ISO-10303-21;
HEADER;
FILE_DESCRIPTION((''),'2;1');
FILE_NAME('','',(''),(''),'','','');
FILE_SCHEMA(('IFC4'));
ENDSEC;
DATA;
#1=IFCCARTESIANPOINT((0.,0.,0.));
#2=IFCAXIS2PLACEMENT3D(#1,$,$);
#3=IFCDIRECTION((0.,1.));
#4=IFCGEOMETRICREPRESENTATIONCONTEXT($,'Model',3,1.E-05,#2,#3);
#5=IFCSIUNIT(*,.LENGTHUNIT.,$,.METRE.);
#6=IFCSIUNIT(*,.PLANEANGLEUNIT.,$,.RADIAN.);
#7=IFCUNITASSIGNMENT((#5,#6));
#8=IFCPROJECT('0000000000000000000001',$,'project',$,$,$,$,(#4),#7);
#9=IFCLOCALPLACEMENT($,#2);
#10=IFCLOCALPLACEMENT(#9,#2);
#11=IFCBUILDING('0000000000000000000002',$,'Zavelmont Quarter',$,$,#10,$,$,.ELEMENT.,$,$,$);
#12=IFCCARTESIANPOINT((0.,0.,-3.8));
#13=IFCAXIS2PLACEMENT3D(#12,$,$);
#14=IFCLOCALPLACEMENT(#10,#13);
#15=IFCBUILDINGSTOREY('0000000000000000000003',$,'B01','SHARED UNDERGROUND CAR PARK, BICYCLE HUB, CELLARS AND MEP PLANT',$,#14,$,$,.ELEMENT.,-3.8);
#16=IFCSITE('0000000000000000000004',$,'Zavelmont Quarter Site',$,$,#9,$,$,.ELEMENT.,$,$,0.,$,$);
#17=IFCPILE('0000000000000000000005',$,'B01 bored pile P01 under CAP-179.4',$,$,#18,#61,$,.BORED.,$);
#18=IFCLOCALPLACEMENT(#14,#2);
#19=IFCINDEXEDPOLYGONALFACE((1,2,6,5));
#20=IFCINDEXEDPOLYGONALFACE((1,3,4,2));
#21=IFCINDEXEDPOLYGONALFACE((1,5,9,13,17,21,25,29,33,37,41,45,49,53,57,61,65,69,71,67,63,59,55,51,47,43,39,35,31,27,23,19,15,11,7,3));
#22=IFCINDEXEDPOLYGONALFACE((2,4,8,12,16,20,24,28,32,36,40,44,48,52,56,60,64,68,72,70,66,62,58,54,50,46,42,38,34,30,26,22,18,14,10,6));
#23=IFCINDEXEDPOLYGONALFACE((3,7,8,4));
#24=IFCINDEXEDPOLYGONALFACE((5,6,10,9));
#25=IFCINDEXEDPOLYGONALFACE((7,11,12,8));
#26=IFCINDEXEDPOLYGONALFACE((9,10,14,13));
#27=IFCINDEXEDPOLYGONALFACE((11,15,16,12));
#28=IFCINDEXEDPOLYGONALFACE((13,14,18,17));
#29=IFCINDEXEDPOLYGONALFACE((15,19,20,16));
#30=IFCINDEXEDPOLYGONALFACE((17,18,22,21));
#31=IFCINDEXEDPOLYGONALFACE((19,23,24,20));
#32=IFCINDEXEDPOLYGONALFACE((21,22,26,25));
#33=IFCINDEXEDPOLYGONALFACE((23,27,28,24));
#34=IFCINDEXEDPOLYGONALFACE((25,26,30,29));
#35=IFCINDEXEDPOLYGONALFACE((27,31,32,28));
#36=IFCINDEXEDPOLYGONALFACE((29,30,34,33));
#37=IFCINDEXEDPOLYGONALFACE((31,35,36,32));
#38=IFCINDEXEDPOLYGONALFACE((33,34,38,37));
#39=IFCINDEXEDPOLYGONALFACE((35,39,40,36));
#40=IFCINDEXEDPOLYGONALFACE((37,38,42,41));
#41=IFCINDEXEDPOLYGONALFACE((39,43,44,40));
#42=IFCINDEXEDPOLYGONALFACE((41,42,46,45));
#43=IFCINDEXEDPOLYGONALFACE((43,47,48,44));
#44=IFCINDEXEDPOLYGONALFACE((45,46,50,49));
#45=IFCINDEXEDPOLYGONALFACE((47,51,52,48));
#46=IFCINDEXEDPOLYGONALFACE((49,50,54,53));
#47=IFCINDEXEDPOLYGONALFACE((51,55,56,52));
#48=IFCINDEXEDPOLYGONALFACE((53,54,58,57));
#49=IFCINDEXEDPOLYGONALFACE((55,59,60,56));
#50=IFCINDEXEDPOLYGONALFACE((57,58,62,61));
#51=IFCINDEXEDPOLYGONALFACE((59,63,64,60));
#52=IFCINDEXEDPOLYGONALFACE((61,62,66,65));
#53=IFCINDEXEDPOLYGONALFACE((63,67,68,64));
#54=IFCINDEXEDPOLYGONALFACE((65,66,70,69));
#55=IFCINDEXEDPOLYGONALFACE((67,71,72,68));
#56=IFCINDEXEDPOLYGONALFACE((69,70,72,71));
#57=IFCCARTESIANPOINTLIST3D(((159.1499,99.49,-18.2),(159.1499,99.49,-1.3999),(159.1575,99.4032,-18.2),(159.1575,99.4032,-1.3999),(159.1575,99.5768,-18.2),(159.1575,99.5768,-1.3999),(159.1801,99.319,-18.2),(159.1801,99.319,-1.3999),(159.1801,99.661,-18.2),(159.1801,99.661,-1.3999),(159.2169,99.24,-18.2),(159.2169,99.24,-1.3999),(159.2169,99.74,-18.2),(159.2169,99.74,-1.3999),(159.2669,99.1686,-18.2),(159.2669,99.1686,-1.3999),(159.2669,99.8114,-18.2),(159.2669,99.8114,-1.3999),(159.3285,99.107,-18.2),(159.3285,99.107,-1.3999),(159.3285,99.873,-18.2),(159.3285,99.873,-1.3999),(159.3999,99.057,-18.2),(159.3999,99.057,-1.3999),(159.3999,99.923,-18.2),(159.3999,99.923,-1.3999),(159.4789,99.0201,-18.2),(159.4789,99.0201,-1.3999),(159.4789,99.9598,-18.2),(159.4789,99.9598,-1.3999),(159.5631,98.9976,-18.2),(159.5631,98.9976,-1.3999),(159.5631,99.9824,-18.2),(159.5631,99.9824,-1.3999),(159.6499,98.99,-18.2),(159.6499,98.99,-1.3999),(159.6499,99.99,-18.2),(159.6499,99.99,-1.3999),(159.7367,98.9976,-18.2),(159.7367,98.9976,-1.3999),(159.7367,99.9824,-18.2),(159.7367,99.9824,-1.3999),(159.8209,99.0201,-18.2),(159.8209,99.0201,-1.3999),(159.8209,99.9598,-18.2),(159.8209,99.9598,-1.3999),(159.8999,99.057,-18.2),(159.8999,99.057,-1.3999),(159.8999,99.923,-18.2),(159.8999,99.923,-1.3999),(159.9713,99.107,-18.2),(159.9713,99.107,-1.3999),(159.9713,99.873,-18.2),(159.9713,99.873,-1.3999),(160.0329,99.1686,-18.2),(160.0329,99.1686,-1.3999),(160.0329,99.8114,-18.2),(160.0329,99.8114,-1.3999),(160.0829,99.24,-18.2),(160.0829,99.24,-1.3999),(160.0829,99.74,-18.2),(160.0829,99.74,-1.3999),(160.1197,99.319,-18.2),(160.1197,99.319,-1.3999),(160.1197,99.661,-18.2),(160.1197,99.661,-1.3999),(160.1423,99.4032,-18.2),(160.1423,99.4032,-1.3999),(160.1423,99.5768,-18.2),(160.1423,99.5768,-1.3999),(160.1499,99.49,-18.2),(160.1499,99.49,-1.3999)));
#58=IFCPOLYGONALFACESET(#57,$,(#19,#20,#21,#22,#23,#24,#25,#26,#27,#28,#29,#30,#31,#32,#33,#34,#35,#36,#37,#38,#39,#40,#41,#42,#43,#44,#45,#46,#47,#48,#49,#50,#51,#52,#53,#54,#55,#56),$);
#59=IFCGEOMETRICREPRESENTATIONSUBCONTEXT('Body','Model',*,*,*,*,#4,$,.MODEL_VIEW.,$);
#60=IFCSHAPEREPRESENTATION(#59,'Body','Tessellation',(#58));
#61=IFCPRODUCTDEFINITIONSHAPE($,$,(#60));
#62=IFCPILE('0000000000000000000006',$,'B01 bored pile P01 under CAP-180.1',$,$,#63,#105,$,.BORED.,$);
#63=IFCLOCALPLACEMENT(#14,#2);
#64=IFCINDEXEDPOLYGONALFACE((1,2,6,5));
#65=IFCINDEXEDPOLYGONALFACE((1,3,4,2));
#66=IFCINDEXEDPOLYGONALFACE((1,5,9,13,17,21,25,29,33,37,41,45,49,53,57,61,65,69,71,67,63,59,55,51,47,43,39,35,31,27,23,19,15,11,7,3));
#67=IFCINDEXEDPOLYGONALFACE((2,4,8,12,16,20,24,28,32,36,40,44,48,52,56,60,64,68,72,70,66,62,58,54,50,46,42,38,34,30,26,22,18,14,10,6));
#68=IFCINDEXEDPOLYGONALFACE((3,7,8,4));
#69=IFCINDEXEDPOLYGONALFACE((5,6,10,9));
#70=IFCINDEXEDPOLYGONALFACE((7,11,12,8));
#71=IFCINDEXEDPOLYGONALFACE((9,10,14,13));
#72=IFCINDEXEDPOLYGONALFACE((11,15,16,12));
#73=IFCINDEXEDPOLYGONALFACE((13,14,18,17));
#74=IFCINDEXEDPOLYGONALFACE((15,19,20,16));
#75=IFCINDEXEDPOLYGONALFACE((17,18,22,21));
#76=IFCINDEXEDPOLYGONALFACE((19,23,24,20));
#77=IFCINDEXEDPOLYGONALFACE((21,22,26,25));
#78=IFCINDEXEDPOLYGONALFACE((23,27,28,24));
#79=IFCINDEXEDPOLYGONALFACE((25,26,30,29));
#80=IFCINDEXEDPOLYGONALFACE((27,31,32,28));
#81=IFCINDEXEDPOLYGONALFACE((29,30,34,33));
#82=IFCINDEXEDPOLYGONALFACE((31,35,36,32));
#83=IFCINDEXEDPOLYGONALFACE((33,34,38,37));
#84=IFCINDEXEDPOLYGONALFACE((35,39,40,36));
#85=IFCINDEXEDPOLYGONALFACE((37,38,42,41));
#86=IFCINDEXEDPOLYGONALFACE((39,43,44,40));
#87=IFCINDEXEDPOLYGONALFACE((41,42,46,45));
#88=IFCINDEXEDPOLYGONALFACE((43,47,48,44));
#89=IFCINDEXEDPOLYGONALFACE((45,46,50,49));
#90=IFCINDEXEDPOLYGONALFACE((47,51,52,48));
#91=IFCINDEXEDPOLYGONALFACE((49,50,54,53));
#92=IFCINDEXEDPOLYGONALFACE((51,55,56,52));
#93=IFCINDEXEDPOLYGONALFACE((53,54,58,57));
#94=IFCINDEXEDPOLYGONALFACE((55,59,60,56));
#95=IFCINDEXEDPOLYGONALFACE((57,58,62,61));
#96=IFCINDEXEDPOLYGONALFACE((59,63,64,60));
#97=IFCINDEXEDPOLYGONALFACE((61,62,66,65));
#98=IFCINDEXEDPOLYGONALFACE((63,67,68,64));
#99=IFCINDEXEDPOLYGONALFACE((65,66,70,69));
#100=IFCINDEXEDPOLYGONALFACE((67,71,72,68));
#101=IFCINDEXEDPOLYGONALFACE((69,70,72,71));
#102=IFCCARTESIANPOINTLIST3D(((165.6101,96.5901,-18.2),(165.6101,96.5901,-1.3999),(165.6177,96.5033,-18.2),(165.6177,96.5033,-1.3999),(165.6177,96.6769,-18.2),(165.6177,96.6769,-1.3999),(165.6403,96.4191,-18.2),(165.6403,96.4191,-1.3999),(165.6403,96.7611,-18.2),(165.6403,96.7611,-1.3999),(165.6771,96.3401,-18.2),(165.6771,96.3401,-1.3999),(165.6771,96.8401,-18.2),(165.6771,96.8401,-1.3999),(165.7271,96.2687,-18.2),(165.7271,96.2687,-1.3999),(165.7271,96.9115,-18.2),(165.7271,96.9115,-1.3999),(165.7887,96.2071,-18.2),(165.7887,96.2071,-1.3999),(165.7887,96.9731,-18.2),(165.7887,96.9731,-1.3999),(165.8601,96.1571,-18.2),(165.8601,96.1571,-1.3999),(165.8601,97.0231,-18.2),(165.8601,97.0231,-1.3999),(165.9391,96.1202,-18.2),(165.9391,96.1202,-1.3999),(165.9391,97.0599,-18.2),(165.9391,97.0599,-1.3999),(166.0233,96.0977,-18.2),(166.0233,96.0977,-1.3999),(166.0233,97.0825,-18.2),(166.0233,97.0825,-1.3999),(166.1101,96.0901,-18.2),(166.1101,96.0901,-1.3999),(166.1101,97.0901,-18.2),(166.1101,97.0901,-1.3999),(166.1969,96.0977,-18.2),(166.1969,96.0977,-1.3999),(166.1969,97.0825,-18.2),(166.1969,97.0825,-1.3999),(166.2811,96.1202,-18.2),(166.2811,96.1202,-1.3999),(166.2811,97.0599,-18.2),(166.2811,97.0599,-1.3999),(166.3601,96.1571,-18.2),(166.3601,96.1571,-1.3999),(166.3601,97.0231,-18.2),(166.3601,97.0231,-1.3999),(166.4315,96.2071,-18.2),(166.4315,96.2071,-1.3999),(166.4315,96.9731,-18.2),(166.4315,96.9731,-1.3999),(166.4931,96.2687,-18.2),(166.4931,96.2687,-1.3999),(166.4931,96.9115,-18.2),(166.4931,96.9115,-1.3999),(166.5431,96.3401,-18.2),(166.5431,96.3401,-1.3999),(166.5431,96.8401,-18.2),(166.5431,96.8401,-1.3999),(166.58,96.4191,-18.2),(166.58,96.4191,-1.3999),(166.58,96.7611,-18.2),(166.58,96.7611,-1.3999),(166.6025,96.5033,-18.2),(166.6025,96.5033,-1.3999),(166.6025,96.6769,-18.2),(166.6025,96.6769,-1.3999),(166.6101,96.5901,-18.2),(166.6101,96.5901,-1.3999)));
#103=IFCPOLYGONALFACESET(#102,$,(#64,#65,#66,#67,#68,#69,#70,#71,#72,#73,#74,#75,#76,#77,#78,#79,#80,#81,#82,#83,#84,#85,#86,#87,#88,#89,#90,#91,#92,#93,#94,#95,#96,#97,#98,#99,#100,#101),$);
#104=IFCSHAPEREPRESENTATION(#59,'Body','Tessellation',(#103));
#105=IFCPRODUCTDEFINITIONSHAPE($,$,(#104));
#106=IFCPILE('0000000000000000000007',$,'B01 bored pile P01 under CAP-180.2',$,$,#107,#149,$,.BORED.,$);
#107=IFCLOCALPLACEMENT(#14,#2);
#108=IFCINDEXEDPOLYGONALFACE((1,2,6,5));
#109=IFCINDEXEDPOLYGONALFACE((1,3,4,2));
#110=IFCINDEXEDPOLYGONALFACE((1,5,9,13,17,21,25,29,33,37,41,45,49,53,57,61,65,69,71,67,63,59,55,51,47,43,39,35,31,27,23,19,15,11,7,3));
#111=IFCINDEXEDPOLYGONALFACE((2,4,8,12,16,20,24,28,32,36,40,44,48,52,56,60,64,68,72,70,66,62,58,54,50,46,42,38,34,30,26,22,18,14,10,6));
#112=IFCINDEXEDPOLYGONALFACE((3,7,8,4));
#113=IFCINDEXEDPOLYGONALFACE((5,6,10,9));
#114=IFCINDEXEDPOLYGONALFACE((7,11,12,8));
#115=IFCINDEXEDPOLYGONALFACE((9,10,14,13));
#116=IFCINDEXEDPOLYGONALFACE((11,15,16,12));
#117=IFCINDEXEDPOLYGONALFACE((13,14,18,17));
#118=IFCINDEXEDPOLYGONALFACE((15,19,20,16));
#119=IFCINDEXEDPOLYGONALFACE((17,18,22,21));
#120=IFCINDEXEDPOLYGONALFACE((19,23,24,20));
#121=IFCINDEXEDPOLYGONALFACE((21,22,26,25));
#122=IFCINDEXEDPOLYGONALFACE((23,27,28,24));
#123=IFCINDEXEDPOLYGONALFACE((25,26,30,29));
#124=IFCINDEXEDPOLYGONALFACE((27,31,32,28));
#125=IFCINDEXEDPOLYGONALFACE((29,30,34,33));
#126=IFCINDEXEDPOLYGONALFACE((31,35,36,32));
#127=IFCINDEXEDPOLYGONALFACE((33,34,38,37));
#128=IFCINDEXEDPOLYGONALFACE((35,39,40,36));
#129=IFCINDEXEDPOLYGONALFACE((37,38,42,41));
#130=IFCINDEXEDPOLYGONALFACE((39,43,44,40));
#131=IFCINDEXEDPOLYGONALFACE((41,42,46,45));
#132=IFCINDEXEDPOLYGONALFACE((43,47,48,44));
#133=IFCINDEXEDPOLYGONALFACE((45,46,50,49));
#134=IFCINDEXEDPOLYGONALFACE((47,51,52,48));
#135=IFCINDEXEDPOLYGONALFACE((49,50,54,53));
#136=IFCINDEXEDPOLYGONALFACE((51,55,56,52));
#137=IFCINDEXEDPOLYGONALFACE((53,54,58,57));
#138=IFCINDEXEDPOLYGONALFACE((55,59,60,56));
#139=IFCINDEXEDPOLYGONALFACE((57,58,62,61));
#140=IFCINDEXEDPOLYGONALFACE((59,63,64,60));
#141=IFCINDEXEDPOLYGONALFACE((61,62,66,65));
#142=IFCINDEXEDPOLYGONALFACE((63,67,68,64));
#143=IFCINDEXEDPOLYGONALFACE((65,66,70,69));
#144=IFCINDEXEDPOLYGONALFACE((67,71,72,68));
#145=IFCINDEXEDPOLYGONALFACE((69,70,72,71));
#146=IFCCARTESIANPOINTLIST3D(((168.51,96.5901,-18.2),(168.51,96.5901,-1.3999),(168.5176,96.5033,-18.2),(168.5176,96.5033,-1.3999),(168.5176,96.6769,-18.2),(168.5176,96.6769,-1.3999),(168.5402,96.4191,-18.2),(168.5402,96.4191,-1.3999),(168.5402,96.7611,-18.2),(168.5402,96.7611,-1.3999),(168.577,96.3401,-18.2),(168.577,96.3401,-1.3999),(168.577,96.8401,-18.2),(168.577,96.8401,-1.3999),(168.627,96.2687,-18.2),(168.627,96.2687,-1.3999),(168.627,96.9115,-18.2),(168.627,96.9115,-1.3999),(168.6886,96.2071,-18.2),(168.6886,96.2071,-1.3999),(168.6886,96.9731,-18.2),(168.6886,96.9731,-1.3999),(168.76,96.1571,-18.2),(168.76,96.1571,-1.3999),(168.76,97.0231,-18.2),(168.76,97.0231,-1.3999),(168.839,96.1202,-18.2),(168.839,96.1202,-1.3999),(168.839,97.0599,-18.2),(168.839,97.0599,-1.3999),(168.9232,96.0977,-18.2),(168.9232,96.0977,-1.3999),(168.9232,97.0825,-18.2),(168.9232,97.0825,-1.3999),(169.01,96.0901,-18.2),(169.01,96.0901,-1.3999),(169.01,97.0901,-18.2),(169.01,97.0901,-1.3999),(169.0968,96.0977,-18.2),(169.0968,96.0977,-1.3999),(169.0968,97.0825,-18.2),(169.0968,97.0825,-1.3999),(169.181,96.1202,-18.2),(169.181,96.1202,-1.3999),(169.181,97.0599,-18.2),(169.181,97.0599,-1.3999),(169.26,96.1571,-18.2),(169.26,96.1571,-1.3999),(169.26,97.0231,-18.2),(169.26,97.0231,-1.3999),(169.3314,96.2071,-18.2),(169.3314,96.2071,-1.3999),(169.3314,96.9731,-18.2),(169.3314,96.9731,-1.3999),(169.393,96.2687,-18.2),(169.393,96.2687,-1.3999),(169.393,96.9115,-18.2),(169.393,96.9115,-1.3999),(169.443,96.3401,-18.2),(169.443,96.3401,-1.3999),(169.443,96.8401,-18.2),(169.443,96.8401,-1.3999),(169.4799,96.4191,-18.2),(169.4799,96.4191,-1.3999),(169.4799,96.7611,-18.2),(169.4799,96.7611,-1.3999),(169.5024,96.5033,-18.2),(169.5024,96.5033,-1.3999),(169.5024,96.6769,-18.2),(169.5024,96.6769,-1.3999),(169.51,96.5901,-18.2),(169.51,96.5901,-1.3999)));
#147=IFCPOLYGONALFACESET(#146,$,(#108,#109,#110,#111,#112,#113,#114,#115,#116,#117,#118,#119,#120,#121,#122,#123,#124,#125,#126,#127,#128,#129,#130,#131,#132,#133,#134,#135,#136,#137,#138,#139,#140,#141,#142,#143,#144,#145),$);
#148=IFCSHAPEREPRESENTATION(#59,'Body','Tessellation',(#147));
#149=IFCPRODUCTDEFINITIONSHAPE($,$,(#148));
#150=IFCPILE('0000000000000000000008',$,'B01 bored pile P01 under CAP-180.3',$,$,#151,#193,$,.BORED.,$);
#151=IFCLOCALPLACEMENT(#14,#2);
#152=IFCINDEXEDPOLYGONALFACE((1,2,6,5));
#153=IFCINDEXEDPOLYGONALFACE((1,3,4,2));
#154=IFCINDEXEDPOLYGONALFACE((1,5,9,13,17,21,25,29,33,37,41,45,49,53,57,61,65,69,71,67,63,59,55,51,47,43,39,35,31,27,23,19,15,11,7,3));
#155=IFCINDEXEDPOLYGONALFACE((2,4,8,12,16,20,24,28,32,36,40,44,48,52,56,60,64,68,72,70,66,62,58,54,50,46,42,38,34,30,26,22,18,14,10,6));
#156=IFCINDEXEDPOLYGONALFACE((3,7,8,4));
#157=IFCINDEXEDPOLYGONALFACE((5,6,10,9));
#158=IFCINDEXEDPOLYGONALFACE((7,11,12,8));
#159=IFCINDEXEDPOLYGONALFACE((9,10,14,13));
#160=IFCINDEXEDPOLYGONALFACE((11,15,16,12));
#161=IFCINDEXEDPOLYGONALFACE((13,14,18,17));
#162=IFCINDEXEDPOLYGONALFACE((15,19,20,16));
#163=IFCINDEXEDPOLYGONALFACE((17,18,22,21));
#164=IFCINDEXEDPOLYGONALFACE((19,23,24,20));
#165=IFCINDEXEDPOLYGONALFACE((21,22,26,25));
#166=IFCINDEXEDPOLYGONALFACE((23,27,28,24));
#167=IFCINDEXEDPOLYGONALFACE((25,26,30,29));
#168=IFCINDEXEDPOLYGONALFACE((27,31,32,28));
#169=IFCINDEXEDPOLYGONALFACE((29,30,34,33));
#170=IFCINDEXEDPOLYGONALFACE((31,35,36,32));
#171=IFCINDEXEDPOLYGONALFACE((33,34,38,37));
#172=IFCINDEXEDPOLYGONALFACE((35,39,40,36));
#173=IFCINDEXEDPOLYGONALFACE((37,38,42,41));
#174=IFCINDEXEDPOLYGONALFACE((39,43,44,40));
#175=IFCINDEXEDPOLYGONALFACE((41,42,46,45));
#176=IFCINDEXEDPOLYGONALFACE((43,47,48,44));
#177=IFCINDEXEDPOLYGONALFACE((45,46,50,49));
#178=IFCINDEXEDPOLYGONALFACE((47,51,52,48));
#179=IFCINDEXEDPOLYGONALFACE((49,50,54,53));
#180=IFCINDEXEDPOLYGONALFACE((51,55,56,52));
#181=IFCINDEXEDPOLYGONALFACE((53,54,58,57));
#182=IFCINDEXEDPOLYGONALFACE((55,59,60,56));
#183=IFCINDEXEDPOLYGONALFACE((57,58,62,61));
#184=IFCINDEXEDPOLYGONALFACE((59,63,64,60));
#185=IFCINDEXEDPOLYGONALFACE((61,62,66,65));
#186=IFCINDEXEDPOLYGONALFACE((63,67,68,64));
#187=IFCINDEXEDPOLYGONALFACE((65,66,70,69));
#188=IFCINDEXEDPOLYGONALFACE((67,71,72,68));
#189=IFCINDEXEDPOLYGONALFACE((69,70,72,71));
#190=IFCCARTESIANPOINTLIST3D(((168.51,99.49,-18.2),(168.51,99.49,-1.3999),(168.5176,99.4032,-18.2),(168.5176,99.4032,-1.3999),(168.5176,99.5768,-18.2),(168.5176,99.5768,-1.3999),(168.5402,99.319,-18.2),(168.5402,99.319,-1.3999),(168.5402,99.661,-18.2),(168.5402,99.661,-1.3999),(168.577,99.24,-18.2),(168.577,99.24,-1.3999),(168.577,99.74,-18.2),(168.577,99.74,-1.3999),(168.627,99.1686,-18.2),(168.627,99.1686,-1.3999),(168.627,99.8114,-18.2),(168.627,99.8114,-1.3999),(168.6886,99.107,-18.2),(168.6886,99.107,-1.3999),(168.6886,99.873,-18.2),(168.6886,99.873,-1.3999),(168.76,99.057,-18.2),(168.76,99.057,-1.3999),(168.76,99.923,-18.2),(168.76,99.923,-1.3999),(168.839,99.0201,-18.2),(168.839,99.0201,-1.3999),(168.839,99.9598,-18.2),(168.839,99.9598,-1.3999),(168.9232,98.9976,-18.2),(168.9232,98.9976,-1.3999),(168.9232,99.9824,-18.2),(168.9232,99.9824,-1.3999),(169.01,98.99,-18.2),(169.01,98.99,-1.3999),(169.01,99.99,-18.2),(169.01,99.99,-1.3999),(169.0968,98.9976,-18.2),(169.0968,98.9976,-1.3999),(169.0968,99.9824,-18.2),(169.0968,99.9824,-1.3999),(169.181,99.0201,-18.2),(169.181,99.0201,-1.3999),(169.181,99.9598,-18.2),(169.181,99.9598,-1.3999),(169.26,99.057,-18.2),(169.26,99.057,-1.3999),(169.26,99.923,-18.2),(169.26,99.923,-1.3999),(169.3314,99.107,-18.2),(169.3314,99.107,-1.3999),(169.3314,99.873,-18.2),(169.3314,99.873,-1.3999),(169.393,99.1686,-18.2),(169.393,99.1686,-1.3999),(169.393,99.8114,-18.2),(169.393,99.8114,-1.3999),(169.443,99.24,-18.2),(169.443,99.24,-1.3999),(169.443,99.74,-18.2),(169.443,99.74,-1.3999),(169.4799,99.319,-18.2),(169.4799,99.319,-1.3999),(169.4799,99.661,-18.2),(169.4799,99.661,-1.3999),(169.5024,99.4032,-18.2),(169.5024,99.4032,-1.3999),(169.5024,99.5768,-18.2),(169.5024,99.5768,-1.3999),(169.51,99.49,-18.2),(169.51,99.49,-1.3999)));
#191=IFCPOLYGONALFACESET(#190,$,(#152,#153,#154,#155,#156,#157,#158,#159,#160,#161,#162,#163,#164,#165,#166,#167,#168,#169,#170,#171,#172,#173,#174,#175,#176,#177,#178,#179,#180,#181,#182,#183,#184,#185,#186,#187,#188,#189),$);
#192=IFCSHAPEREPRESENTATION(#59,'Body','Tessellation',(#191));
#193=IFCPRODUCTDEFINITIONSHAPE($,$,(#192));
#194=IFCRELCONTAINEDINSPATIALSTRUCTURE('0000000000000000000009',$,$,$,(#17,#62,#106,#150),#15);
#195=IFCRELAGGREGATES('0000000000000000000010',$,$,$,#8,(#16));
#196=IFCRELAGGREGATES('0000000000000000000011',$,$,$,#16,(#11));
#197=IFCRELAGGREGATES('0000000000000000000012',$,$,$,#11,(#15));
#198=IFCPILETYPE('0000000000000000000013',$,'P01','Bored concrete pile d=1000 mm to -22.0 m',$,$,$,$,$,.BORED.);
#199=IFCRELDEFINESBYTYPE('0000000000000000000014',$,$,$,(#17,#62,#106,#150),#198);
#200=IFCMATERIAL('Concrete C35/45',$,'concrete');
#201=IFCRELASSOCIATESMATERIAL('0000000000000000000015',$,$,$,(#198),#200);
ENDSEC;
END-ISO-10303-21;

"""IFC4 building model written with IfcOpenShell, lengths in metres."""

from ifc_helpers import new_model, si_unit, direction, frame, origin, origin_2d, place, context, subcontext, project, spatial, circle, extrude, material, material_profile, profile_set, type_object, element, save


model = new_model("IFC4")

# Units and contexts
model_context = context("Model", 3, precision=1e-05, world=origin(), true_north=direction((0.0, 1.0)))
body_context = subcontext(model_context, "Body", "Model", "MODEL_VIEW")
ifc_project = project(units=[si_unit("LENGTHUNIT", "METRE"), si_unit("PLANEANGLEUNIT", "RADIAN")], contexts=[model_context])

# Site, building, storey
site_placement = place(None, origin())
site = spatial("IfcSite", under=ifc_project, at=site_placement, Name="Zavelmont Quarter Site", CompositionType="ELEMENT", RefElevation=0.0)
building_placement = place(site_placement, origin())
building = spatial("IfcBuilding", under=site, at=building_placement, Name="Zavelmont Quarter", CompositionType="ELEMENT")
storey_placement = place(building_placement, frame((0.0, 0.0, -3.8)))
storey = spatial("IfcBuildingStorey", under=building, at=storey_placement, Name="B01", Description="SHARED UNDERGROUND CAR PARK, BICYCLE HUB, CELLARS AND MEP PLANT", CompositionType="ELEMENT", Elevation=-3.8)

# Shared definitions
ifc_material_1 = material(Name="Concrete C35/45", Category="concrete")

# Piles
ifc_material_profile_1 = material_profile(ifc_material_1, circle(Radius=0.5, at=origin_2d()), Name="BP1000")
ifc_profile_set_1 = profile_set([ifc_material_profile_1], Name="Concrete C35/45")
pile_type_1 = type_object("IfcPileType", Name="P01", Description="Bored concrete pile d=1000 mm to -22.0 m", PredefinedType="BORED", material=ifc_profile_set_1)
for number, where, z_axis, x_axis, name in (
    (1, (159.6499, 99.49, -1.3999), (0.0, 0.0, -1.0), (1.0, 0.0, 0.0), "B01 bored pile P01 under CAP-179.4"),
    (2, (166.1101, 96.5901, -1.3999), (0.0, 0.0, -1.0), (1.0, 0.0, 0.0), "B01 bored pile P01 under CAP-180.1"),
    (3, (169.01, 96.5901, -1.3999), (0.0, 0.0, -1.0), (1.0, 0.0, 0.0), "B01 bored pile P01 under CAP-180.2"),
    (4, (169.01, 99.49, -1.3999), (0.0, 0.0, -1.0), (1.0, 0.0, 0.0), "B01 bored pile P01 under CAP-180.3"),
):
    element("IfcPile", number, at=place(storey_placement, frame(where, z_axis=z_axis, x_axis=x_axis)), inside=storey, type_object=pile_type_1, Name=name, PredefinedType="BORED", context=body_context, shape_type="SweptSolid", body=[
        extrude(circle(Radius=0.5, at=origin_2d()), origin(), (0.0, 0.0, 1.0), 16.8),
    ])

save(model, "model.ifc")
